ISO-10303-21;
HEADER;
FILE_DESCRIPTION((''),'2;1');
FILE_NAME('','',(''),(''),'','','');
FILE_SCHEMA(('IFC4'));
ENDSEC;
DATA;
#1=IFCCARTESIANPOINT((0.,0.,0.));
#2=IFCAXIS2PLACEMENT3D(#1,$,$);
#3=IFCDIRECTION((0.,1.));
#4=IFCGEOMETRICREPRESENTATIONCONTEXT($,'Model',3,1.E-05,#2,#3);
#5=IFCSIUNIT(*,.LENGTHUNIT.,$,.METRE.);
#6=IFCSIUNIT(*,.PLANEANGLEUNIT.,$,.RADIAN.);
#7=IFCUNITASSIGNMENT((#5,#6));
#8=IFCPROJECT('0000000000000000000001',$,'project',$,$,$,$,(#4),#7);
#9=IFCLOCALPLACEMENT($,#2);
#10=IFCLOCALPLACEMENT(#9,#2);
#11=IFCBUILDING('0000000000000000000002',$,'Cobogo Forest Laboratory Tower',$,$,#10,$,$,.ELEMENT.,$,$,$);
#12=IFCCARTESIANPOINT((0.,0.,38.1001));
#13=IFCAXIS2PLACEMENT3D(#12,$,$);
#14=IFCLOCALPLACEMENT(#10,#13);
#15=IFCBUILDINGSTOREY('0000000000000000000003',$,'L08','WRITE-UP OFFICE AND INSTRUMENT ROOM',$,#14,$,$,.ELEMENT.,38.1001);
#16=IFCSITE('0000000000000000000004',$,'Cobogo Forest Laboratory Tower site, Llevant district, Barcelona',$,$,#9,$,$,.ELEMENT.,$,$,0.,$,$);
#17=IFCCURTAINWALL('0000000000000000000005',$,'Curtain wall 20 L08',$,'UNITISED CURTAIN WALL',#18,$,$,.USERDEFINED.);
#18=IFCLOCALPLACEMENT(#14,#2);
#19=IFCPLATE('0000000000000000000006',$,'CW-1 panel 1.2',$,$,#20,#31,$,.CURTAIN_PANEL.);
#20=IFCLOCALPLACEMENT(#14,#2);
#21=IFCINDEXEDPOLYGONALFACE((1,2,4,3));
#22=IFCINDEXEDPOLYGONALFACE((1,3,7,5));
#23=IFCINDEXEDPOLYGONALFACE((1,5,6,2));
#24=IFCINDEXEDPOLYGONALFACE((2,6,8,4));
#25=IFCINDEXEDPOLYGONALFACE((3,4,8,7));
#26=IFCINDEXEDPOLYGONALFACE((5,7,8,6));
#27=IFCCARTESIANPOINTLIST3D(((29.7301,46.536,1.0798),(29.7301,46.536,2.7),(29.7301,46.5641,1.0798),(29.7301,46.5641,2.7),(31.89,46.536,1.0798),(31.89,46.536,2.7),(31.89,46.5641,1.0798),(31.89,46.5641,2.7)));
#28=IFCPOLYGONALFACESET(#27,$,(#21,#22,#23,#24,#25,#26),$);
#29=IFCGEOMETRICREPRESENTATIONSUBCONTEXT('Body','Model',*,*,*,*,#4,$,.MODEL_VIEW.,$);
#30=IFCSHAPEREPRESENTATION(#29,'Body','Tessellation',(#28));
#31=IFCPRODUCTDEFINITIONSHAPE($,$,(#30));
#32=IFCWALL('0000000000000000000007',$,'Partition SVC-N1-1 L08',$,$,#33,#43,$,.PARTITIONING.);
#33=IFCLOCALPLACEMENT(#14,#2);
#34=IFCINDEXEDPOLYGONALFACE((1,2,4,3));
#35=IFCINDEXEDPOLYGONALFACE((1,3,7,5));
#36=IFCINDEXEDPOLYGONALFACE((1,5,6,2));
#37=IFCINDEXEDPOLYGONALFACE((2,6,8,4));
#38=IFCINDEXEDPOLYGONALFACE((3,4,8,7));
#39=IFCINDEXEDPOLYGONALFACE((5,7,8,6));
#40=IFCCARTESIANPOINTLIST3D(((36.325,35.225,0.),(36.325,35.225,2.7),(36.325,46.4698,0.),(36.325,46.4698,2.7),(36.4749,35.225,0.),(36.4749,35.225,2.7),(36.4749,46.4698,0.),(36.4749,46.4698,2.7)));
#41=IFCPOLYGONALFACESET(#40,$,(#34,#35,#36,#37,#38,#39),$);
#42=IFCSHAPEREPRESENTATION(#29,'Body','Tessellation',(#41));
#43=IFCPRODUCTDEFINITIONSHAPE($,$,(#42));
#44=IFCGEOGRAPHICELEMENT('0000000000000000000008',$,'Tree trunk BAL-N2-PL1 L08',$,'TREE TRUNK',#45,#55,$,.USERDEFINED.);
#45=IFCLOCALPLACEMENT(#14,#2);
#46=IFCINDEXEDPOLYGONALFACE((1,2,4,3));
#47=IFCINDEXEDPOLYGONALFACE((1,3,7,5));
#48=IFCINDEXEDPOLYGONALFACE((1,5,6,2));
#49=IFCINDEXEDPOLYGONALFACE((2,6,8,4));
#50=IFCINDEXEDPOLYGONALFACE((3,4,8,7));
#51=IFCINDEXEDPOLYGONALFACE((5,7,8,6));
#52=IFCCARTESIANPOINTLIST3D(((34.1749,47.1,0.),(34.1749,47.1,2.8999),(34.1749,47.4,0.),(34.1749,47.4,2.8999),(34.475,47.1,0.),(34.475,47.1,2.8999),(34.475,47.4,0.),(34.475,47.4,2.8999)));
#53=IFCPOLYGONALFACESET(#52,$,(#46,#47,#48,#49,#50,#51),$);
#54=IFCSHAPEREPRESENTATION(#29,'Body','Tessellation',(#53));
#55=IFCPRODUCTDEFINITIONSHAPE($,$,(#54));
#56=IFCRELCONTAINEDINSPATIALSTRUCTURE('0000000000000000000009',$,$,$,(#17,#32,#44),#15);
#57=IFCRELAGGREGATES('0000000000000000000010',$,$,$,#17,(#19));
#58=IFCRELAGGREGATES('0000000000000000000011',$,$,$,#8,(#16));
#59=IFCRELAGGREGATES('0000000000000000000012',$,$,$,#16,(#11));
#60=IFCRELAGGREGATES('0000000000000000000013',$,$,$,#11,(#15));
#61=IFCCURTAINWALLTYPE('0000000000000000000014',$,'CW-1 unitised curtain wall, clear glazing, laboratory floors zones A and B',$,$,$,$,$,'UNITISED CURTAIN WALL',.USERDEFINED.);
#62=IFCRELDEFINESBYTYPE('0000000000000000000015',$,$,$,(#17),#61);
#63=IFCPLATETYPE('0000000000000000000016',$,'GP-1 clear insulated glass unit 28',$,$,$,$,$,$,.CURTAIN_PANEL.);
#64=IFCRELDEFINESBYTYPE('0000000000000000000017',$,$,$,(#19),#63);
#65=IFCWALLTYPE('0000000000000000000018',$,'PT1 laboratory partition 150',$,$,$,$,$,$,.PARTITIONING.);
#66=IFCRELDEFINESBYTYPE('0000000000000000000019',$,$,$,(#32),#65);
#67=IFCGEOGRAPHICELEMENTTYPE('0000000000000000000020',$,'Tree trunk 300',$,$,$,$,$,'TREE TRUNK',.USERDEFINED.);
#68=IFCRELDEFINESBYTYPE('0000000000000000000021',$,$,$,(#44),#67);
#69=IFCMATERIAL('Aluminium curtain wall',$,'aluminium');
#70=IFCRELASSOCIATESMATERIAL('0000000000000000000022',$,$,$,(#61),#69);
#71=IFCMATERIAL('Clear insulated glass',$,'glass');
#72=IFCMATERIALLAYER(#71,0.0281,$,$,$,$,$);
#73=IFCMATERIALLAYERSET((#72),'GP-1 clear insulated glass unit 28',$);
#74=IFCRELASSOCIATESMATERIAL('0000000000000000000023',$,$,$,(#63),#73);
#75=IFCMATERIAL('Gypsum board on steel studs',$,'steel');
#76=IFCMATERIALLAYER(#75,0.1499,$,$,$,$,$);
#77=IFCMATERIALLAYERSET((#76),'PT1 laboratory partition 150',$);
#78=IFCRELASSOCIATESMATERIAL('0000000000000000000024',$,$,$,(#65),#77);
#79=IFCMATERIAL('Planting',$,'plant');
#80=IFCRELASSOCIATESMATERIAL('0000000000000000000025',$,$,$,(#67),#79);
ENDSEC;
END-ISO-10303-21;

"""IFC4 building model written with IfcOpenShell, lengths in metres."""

from ifc_helpers import new_model, si_unit, direction, frame, frame_2d, origin, origin_2d, place, context, subcontext, project, spatial, rectangle, extrude, material, layer, layer_set, type_object, element, aggregate, save


model = new_model("IFC4")

# Units and contexts
model_context = context("Model", 3, precision=1e-05, world=origin(), true_north=direction((0.0, 1.0)))
body_context = subcontext(model_context, "Body", "Model", "MODEL_VIEW")
ifc_project = project(units=[si_unit("LENGTHUNIT", "METRE"), si_unit("PLANEANGLEUNIT", "RADIAN")], contexts=[model_context])

# Site, building, storey
site_placement = place(None, origin())
site = spatial("IfcSite", under=ifc_project, at=site_placement, Name="Cobogo Forest Laboratory Tower site, Llevant district, Barcelona", CompositionType="ELEMENT", RefElevation=0.0)
building_placement = place(site_placement, origin())
building = spatial("IfcBuilding", under=site, at=building_placement, Name="Cobogo Forest Laboratory Tower", CompositionType="ELEMENT")
storey_placement = place(building_placement, frame((0.0, 0.0, 38.1001)))
storey = spatial("IfcBuildingStorey", under=building, at=storey_placement, Name="L08", Description="WRITE-UP OFFICE AND INSTRUMENT ROOM", CompositionType="ELEMENT", Elevation=38.1001)

# Shared definitions
ifc_material_1 = material(Name="Aluminium curtain wall", Category="aluminium")
curtain_wall_type = type_object("IfcCurtainWallType", Name="CW-1 unitised curtain wall, clear glazing, laboratory floors zones A and B", ElementType="UNITISED CURTAIN WALL", PredefinedType="USERDEFINED", material=ifc_material_1)

# Curtain wall
curtain_wall_1_placement = place(storey_placement, origin())
curtain_wall_1 = element("IfcCurtainWall", 1, at=curtain_wall_1_placement, inside=storey, type_object=curtain_wall_type, Name="Curtain wall 20 L08", ObjectType="UNITISED CURTAIN WALL", PredefinedType="USERDEFINED")

# Plate
ifc_material_2 = material(Name="Clear insulated glass", Category="glass")
ifc_layer_1 = layer(ifc_material_2, 0.0281)
ifc_layer_set_1 = layer_set([ifc_layer_1], Name="GP-1 clear insulated glass unit 28")
plate_type = type_object("IfcPlateType", Name="GP-1 clear insulated glass unit 28", PredefinedType="CURTAIN_PANEL", material=ifc_layer_set_1)
plate_1_placement = place(storey_placement, frame((30.8101, 46.55, 1.0798), z_axis=(0.0, 0.0, 1.0), x_axis=(-1.0, 0.0, 0.0)))
plate_1 = element("IfcPlate", 2, at=plate_1_placement, type_object=plate_type, Name="CW-1 panel 1.2", PredefinedType="CURTAIN_PANEL", context=body_context, shape_type="SweptSolid", body=[
    extrude(rectangle(XDim=2.1599, YDim=0.0281, at=origin_2d()), origin(), (0.0, 0.0, 1.0), 1.6201),
])
aggregate(curtain_wall_1, [plate_1])

# Wall
ifc_material_3 = material(Name="Gypsum board on steel studs", Category="steel")
ifc_layer_2 = layer(ifc_material_3, 0.1499)
ifc_layer_set_2 = layer_set([ifc_layer_2], Name="PT1 laboratory partition 150")
wall_type_1 = type_object("IfcWallType", Name="PT1 laboratory partition 150", PredefinedType="PARTITIONING", material=ifc_layer_set_2)
wall_1_placement = place(storey_placement, frame((36.3999, 46.47, 0.0), z_axis=(0.0, 0.0, 1.0), x_axis=(0.0, -1.0, 0.0)))
element("IfcWall", 3, at=wall_1_placement, inside=storey, type_object=wall_type_1, Name="Partition SVC-N1-1 L08", PredefinedType="PARTITIONING", context=body_context, shape_type="SweptSolid", body=[
    extrude(rectangle(XDim=11.2449, YDim=0.1499, at=frame_2d((5.6226, 0.0))), origin(), (0.0, 0.0, 1.0), 2.7),
])

# Geographic element
ifc_material_4 = material(Name="Planting", Category="plant")
geographic_element_type = type_object("IfcGeographicElementType", Name="Tree trunk 300", ElementType="TREE TRUNK", PredefinedType="USERDEFINED", material=ifc_material_4)
geographic_element_placement = place(storey_placement, frame((34.325, 47.25, 0.0), z_axis=(0.0, 0.0, 1.0), x_axis=(1.0, 0.0, 0.0)))
element("IfcGeographicElement", 4, at=geographic_element_placement, inside=storey, type_object=geographic_element_type, Name="Tree trunk BAL-N2-PL1 L08", ObjectType="TREE TRUNK", PredefinedType="USERDEFINED", context=body_context, shape_type="SweptSolid", body=[
    extrude(rectangle(XDim=0.3, YDim=0.3, at=origin_2d()), origin(), (0.0, 0.0, 1.0), 2.8999),
])

save(model, "model.ifc")
